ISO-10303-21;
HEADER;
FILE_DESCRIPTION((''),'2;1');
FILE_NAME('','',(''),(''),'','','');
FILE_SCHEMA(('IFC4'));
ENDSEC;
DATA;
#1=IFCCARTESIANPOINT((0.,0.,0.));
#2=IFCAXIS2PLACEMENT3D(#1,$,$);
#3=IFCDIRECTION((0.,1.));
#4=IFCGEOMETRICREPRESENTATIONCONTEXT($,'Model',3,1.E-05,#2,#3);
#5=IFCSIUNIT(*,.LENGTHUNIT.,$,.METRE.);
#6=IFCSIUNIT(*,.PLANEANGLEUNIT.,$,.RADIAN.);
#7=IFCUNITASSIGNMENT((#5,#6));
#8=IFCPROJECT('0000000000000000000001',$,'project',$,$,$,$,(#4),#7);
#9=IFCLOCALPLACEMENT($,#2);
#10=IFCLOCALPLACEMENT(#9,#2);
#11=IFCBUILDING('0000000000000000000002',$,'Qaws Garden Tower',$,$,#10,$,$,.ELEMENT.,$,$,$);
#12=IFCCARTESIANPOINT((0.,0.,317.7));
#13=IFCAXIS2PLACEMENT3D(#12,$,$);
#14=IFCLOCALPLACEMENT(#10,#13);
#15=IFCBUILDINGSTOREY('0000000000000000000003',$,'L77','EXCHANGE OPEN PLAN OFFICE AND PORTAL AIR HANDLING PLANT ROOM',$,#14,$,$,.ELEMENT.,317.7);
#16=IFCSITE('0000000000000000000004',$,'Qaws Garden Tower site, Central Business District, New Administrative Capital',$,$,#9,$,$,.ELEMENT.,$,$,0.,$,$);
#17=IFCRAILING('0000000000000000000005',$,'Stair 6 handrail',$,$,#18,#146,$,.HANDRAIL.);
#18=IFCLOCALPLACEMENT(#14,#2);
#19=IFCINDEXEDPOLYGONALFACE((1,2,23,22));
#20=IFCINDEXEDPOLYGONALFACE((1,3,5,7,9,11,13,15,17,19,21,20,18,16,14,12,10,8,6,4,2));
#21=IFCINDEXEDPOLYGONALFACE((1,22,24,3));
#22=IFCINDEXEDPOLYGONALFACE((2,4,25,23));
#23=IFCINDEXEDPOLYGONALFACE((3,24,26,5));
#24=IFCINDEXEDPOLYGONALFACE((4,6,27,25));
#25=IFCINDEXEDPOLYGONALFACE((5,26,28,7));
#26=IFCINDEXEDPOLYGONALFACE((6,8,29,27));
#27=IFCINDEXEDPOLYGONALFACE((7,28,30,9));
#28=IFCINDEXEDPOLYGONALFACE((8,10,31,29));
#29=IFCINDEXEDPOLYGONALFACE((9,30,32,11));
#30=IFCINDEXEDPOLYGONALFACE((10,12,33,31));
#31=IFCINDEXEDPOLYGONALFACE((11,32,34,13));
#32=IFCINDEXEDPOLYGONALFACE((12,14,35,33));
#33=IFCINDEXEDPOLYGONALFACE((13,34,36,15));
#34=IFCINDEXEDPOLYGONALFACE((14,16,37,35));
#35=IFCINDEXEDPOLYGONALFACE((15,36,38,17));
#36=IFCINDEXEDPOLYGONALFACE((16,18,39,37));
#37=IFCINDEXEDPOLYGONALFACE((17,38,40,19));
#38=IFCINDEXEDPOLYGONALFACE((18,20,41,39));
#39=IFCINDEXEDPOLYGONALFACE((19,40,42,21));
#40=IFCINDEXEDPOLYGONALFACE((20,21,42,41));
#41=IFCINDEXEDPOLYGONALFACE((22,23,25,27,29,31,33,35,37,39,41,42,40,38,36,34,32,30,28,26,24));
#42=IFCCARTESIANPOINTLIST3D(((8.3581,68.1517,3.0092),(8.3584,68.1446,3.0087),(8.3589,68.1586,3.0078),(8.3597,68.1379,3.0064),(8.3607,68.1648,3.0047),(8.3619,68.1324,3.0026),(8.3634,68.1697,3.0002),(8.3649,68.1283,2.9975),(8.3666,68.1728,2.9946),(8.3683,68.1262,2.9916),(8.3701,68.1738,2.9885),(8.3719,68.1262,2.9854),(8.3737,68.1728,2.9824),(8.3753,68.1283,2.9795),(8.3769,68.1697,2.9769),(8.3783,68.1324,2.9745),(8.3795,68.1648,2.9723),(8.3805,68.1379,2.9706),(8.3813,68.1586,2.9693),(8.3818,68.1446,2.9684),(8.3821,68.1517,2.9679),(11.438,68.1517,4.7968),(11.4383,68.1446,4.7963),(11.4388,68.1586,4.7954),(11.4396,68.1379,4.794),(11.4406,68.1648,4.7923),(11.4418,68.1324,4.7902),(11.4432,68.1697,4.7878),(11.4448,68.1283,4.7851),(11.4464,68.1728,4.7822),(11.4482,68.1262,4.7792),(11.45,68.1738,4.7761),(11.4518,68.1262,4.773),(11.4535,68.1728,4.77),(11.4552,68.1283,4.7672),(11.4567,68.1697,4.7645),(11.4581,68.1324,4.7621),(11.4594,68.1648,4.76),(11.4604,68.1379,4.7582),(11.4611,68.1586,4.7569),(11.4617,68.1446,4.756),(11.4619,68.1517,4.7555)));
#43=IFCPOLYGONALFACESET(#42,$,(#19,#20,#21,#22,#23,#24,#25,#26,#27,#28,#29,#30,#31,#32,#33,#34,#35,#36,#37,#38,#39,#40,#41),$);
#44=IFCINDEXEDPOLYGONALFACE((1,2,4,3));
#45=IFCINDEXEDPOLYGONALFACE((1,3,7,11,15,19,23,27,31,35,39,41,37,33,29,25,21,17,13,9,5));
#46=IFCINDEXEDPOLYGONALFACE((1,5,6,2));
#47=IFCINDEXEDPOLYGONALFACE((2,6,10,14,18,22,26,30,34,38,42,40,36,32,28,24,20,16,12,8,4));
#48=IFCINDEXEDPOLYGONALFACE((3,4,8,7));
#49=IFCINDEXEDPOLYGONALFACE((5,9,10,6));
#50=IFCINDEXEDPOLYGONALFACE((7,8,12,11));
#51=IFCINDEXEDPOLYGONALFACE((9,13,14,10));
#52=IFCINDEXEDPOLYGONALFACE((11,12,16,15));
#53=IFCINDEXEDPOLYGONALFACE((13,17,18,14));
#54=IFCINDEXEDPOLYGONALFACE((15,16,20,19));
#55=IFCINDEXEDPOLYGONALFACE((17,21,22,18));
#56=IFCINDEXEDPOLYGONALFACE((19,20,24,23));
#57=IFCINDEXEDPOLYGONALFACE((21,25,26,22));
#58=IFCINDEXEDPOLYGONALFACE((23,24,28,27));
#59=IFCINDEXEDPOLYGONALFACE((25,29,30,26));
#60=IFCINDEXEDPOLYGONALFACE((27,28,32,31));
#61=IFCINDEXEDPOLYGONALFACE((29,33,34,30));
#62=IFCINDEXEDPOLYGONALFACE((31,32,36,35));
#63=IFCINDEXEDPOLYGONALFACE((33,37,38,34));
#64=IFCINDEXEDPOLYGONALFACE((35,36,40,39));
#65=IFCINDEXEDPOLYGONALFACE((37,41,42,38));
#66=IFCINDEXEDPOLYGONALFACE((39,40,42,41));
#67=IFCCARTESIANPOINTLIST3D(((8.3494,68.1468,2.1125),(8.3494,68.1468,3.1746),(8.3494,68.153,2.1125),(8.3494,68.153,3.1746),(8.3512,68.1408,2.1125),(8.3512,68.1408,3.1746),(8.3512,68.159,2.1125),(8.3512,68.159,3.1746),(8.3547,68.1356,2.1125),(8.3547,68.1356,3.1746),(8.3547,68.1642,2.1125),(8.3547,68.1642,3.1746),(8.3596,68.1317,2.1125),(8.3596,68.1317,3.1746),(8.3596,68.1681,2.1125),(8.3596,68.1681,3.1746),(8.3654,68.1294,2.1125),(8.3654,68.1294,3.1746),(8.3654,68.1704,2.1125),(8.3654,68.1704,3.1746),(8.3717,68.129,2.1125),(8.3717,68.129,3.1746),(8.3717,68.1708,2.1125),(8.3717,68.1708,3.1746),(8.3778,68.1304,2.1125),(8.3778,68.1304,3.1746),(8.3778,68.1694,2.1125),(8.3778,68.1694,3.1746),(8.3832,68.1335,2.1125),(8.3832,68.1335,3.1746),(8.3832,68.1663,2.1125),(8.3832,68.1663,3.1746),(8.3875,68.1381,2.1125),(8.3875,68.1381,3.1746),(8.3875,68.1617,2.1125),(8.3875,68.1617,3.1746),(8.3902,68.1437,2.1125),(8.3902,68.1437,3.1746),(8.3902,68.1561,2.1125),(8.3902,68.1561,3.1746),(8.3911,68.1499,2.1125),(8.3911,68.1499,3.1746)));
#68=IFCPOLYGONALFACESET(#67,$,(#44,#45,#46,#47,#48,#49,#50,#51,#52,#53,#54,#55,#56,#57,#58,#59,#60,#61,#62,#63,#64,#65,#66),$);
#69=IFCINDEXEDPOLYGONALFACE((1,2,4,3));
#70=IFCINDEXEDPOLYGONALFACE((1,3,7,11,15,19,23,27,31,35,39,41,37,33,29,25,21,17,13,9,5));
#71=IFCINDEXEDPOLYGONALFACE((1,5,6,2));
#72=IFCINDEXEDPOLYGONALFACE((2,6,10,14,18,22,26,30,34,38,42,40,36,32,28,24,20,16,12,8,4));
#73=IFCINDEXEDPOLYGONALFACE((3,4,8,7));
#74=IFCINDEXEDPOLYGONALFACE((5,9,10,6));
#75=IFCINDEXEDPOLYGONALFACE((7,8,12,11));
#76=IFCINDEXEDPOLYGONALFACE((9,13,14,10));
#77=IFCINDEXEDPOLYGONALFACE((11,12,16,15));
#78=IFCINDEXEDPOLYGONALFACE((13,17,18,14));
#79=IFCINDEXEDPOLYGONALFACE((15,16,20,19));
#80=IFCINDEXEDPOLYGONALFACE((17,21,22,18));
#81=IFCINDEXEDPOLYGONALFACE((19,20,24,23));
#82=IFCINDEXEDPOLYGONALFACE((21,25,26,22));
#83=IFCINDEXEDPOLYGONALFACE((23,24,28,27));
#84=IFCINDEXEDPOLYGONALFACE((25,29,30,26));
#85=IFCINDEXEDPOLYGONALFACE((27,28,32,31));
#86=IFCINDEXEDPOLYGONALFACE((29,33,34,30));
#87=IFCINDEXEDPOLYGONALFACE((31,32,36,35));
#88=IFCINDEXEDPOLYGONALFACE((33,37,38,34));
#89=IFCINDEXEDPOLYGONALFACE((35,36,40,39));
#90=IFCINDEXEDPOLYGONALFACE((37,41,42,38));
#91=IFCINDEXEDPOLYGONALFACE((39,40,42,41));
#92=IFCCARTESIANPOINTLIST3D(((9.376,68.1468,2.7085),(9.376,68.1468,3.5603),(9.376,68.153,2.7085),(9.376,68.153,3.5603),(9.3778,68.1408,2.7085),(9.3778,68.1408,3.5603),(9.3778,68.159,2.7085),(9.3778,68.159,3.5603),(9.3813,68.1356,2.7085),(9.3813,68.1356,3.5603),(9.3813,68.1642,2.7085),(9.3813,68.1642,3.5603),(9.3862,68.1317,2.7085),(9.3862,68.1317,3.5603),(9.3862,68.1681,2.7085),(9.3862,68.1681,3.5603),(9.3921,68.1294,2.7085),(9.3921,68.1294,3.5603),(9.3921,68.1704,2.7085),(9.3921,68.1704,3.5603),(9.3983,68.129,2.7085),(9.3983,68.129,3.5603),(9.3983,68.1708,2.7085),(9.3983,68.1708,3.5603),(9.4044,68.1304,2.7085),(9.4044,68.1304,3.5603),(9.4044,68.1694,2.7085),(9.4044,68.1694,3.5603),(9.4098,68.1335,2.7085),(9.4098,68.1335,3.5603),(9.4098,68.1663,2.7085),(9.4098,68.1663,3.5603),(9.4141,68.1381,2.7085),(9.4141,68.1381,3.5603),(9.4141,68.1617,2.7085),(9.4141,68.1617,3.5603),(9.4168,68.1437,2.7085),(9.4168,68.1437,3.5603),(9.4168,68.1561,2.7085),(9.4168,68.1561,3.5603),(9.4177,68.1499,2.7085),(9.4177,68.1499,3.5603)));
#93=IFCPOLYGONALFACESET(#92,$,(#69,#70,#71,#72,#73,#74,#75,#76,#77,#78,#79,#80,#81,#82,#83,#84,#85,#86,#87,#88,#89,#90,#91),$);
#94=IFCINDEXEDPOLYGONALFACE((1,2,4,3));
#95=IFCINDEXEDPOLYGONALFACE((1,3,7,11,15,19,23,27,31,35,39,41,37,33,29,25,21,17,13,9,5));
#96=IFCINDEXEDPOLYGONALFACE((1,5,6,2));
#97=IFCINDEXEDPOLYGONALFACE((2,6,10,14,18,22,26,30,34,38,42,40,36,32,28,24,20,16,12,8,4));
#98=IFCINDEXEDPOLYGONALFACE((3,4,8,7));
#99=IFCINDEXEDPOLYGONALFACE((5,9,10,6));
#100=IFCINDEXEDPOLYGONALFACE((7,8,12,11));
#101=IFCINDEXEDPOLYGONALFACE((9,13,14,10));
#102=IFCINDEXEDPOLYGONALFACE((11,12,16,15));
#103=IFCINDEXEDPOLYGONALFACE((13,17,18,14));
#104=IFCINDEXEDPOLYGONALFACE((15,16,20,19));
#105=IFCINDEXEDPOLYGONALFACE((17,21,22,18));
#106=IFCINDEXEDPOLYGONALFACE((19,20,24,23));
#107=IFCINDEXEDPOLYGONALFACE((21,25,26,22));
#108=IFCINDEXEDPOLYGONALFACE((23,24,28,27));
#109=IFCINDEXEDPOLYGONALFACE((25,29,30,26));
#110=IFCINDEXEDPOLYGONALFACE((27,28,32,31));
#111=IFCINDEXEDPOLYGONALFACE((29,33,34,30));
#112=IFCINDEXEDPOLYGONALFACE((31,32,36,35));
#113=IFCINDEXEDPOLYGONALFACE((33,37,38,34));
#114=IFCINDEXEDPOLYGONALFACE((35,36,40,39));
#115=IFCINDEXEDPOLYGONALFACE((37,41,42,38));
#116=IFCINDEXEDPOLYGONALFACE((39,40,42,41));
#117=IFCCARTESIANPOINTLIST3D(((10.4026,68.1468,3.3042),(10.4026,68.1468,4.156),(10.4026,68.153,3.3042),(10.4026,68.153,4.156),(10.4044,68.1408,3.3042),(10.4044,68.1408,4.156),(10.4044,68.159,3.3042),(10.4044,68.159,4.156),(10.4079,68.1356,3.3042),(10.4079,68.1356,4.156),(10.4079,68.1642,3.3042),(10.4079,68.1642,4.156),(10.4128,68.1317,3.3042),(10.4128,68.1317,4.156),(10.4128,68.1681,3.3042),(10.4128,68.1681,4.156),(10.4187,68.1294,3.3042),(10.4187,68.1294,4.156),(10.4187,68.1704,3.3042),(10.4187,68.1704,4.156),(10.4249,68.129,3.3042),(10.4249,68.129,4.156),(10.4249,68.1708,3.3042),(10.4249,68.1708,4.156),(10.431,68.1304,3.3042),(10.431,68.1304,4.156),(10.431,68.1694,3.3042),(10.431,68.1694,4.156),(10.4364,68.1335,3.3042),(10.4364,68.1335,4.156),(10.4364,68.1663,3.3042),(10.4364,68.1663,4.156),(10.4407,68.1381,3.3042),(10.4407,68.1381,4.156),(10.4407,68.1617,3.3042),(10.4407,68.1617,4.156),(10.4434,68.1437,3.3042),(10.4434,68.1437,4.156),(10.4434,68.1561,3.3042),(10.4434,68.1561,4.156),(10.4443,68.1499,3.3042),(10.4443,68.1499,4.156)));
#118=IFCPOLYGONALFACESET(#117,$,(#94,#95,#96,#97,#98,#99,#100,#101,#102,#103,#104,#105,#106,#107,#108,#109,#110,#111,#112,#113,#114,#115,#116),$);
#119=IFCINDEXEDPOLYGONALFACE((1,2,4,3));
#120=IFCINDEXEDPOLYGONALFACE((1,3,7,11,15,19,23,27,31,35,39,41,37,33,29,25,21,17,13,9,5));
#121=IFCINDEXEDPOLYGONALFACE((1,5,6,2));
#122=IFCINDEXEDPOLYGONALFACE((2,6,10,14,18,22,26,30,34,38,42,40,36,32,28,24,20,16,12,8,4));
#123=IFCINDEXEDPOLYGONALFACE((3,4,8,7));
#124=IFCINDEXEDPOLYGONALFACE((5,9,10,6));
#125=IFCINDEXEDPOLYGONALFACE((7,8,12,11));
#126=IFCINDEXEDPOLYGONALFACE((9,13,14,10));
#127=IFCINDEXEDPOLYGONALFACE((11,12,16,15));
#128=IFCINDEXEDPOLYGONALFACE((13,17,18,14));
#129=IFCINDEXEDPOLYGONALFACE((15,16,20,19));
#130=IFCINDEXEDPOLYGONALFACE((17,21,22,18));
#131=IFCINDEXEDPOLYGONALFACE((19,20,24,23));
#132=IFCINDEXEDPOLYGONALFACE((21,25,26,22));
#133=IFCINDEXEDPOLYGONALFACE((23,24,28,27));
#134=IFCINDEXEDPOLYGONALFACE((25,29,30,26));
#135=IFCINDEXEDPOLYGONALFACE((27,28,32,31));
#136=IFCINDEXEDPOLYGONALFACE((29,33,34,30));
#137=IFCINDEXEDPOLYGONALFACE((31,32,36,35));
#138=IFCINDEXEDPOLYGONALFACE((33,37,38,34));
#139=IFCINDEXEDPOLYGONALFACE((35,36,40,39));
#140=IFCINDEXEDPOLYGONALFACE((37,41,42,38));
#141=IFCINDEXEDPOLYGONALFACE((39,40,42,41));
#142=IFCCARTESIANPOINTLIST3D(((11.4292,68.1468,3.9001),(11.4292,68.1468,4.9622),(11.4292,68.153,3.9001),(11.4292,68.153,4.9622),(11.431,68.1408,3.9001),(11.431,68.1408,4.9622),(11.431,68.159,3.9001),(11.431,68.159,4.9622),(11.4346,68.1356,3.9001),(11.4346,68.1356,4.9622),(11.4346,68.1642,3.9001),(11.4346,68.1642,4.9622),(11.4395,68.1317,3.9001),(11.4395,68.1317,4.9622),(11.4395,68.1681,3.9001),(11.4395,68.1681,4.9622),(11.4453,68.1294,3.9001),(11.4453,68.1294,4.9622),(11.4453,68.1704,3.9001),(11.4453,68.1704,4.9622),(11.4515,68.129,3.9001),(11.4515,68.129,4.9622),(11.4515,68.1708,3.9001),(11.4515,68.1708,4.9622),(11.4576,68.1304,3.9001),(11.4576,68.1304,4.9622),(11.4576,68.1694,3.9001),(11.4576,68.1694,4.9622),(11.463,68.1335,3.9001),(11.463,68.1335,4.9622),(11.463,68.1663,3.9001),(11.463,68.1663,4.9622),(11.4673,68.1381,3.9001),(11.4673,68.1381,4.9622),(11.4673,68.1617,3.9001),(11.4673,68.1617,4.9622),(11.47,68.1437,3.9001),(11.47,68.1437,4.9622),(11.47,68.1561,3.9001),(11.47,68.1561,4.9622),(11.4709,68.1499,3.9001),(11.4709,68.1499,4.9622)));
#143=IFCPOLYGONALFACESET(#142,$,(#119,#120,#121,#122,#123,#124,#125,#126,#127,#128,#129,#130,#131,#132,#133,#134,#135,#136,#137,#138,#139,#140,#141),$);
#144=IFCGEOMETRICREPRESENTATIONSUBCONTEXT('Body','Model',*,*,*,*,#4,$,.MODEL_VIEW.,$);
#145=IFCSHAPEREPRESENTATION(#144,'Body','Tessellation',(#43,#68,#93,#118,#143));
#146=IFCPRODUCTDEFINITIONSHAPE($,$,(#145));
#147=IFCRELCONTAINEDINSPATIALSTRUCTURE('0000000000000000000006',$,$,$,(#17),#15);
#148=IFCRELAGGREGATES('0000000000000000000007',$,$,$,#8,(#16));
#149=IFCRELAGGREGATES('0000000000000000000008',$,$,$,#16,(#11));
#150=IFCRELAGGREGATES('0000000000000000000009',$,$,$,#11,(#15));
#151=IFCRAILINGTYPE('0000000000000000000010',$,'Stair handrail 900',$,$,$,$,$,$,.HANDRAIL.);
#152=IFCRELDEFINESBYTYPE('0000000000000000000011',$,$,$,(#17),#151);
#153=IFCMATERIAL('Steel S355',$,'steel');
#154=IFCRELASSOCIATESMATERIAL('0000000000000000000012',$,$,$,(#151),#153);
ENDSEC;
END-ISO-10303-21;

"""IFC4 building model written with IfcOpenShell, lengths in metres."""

from ifc_helpers import new_model, si_unit, direction, frame, origin, origin_2d, place, context, subcontext, project, spatial, circle, extrude, material, type_object, element, save


model = new_model("IFC4")

# Units and contexts
model_context = context("Model", 3, precision=1e-05, world=origin(), true_north=direction((0.0, 1.0)))
body_context = subcontext(model_context, "Body", "Model", "MODEL_VIEW")
ifc_project = project(units=[si_unit("LENGTHUNIT", "METRE"), si_unit("PLANEANGLEUNIT", "RADIAN")], contexts=[model_context])

# Site, building, storey
site_placement = place(None, origin())
site = spatial("IfcSite", under=ifc_project, at=site_placement, Name="Qaws Garden Tower site, Central Business District, New Administrative Capital", CompositionType="ELEMENT", RefElevation=0.0)
building_placement = place(site_placement, origin())
building = spatial("IfcBuilding", under=site, at=building_placement, Name="Qaws Garden Tower", CompositionType="ELEMENT")
storey_placement = place(building_placement, frame((0.0, 0.0, 317.7)))
storey = spatial("IfcBuildingStorey", under=building, at=storey_placement, Name="L77", Description="EXCHANGE OPEN PLAN OFFICE AND PORTAL AIR HANDLING PLANT ROOM", CompositionType="ELEMENT", Elevation=317.7)

# Railing
ifc_material_1 = material(Name="Steel S355", Category="steel")
railing_type = type_object("IfcRailingType", Name="Stair handrail 900", PredefinedType="HANDRAIL", material=ifc_material_1)
railing_1_placement = place(storey_placement, frame((8.3701, 68.1499, 2.1125)))
element("IfcRailing", 1, at=railing_1_placement, inside=storey, type_object=railing_type, Name="Stair 6 handrail", PredefinedType="HANDRAIL", context=body_context, shape_type="SweptSolid", body=[
    extrude(circle(Radius=0.0239, at=origin_2d()), frame((0.0, 0.0, 0.876), z_axis=(0.864873, 0.0, 0.50199), x_axis=(0.0, 1.0, 0.0)), (0.0, 0.0, 1.0), 3.561),
    extrude(circle(Radius=0.021, at=origin_2d()), origin(), (0.0, 0.0, 1.0), 1.062),
    extrude(circle(Radius=0.021, at=origin_2d()), frame((1.0266, 0.0, 0.5959)), (0.0, 0.0, 1.0), 0.8518),
    extrude(circle(Radius=0.021, at=origin_2d()), frame((2.0532, 0.0, 1.1917)), (0.0, 0.0, 1.0), 0.8518),
    extrude(circle(Radius=0.021, at=origin_2d()), frame((3.0798, 0.0, 1.7876)), (0.0, 0.0, 1.0), 1.062),
])

save(model, "model.ifc")
